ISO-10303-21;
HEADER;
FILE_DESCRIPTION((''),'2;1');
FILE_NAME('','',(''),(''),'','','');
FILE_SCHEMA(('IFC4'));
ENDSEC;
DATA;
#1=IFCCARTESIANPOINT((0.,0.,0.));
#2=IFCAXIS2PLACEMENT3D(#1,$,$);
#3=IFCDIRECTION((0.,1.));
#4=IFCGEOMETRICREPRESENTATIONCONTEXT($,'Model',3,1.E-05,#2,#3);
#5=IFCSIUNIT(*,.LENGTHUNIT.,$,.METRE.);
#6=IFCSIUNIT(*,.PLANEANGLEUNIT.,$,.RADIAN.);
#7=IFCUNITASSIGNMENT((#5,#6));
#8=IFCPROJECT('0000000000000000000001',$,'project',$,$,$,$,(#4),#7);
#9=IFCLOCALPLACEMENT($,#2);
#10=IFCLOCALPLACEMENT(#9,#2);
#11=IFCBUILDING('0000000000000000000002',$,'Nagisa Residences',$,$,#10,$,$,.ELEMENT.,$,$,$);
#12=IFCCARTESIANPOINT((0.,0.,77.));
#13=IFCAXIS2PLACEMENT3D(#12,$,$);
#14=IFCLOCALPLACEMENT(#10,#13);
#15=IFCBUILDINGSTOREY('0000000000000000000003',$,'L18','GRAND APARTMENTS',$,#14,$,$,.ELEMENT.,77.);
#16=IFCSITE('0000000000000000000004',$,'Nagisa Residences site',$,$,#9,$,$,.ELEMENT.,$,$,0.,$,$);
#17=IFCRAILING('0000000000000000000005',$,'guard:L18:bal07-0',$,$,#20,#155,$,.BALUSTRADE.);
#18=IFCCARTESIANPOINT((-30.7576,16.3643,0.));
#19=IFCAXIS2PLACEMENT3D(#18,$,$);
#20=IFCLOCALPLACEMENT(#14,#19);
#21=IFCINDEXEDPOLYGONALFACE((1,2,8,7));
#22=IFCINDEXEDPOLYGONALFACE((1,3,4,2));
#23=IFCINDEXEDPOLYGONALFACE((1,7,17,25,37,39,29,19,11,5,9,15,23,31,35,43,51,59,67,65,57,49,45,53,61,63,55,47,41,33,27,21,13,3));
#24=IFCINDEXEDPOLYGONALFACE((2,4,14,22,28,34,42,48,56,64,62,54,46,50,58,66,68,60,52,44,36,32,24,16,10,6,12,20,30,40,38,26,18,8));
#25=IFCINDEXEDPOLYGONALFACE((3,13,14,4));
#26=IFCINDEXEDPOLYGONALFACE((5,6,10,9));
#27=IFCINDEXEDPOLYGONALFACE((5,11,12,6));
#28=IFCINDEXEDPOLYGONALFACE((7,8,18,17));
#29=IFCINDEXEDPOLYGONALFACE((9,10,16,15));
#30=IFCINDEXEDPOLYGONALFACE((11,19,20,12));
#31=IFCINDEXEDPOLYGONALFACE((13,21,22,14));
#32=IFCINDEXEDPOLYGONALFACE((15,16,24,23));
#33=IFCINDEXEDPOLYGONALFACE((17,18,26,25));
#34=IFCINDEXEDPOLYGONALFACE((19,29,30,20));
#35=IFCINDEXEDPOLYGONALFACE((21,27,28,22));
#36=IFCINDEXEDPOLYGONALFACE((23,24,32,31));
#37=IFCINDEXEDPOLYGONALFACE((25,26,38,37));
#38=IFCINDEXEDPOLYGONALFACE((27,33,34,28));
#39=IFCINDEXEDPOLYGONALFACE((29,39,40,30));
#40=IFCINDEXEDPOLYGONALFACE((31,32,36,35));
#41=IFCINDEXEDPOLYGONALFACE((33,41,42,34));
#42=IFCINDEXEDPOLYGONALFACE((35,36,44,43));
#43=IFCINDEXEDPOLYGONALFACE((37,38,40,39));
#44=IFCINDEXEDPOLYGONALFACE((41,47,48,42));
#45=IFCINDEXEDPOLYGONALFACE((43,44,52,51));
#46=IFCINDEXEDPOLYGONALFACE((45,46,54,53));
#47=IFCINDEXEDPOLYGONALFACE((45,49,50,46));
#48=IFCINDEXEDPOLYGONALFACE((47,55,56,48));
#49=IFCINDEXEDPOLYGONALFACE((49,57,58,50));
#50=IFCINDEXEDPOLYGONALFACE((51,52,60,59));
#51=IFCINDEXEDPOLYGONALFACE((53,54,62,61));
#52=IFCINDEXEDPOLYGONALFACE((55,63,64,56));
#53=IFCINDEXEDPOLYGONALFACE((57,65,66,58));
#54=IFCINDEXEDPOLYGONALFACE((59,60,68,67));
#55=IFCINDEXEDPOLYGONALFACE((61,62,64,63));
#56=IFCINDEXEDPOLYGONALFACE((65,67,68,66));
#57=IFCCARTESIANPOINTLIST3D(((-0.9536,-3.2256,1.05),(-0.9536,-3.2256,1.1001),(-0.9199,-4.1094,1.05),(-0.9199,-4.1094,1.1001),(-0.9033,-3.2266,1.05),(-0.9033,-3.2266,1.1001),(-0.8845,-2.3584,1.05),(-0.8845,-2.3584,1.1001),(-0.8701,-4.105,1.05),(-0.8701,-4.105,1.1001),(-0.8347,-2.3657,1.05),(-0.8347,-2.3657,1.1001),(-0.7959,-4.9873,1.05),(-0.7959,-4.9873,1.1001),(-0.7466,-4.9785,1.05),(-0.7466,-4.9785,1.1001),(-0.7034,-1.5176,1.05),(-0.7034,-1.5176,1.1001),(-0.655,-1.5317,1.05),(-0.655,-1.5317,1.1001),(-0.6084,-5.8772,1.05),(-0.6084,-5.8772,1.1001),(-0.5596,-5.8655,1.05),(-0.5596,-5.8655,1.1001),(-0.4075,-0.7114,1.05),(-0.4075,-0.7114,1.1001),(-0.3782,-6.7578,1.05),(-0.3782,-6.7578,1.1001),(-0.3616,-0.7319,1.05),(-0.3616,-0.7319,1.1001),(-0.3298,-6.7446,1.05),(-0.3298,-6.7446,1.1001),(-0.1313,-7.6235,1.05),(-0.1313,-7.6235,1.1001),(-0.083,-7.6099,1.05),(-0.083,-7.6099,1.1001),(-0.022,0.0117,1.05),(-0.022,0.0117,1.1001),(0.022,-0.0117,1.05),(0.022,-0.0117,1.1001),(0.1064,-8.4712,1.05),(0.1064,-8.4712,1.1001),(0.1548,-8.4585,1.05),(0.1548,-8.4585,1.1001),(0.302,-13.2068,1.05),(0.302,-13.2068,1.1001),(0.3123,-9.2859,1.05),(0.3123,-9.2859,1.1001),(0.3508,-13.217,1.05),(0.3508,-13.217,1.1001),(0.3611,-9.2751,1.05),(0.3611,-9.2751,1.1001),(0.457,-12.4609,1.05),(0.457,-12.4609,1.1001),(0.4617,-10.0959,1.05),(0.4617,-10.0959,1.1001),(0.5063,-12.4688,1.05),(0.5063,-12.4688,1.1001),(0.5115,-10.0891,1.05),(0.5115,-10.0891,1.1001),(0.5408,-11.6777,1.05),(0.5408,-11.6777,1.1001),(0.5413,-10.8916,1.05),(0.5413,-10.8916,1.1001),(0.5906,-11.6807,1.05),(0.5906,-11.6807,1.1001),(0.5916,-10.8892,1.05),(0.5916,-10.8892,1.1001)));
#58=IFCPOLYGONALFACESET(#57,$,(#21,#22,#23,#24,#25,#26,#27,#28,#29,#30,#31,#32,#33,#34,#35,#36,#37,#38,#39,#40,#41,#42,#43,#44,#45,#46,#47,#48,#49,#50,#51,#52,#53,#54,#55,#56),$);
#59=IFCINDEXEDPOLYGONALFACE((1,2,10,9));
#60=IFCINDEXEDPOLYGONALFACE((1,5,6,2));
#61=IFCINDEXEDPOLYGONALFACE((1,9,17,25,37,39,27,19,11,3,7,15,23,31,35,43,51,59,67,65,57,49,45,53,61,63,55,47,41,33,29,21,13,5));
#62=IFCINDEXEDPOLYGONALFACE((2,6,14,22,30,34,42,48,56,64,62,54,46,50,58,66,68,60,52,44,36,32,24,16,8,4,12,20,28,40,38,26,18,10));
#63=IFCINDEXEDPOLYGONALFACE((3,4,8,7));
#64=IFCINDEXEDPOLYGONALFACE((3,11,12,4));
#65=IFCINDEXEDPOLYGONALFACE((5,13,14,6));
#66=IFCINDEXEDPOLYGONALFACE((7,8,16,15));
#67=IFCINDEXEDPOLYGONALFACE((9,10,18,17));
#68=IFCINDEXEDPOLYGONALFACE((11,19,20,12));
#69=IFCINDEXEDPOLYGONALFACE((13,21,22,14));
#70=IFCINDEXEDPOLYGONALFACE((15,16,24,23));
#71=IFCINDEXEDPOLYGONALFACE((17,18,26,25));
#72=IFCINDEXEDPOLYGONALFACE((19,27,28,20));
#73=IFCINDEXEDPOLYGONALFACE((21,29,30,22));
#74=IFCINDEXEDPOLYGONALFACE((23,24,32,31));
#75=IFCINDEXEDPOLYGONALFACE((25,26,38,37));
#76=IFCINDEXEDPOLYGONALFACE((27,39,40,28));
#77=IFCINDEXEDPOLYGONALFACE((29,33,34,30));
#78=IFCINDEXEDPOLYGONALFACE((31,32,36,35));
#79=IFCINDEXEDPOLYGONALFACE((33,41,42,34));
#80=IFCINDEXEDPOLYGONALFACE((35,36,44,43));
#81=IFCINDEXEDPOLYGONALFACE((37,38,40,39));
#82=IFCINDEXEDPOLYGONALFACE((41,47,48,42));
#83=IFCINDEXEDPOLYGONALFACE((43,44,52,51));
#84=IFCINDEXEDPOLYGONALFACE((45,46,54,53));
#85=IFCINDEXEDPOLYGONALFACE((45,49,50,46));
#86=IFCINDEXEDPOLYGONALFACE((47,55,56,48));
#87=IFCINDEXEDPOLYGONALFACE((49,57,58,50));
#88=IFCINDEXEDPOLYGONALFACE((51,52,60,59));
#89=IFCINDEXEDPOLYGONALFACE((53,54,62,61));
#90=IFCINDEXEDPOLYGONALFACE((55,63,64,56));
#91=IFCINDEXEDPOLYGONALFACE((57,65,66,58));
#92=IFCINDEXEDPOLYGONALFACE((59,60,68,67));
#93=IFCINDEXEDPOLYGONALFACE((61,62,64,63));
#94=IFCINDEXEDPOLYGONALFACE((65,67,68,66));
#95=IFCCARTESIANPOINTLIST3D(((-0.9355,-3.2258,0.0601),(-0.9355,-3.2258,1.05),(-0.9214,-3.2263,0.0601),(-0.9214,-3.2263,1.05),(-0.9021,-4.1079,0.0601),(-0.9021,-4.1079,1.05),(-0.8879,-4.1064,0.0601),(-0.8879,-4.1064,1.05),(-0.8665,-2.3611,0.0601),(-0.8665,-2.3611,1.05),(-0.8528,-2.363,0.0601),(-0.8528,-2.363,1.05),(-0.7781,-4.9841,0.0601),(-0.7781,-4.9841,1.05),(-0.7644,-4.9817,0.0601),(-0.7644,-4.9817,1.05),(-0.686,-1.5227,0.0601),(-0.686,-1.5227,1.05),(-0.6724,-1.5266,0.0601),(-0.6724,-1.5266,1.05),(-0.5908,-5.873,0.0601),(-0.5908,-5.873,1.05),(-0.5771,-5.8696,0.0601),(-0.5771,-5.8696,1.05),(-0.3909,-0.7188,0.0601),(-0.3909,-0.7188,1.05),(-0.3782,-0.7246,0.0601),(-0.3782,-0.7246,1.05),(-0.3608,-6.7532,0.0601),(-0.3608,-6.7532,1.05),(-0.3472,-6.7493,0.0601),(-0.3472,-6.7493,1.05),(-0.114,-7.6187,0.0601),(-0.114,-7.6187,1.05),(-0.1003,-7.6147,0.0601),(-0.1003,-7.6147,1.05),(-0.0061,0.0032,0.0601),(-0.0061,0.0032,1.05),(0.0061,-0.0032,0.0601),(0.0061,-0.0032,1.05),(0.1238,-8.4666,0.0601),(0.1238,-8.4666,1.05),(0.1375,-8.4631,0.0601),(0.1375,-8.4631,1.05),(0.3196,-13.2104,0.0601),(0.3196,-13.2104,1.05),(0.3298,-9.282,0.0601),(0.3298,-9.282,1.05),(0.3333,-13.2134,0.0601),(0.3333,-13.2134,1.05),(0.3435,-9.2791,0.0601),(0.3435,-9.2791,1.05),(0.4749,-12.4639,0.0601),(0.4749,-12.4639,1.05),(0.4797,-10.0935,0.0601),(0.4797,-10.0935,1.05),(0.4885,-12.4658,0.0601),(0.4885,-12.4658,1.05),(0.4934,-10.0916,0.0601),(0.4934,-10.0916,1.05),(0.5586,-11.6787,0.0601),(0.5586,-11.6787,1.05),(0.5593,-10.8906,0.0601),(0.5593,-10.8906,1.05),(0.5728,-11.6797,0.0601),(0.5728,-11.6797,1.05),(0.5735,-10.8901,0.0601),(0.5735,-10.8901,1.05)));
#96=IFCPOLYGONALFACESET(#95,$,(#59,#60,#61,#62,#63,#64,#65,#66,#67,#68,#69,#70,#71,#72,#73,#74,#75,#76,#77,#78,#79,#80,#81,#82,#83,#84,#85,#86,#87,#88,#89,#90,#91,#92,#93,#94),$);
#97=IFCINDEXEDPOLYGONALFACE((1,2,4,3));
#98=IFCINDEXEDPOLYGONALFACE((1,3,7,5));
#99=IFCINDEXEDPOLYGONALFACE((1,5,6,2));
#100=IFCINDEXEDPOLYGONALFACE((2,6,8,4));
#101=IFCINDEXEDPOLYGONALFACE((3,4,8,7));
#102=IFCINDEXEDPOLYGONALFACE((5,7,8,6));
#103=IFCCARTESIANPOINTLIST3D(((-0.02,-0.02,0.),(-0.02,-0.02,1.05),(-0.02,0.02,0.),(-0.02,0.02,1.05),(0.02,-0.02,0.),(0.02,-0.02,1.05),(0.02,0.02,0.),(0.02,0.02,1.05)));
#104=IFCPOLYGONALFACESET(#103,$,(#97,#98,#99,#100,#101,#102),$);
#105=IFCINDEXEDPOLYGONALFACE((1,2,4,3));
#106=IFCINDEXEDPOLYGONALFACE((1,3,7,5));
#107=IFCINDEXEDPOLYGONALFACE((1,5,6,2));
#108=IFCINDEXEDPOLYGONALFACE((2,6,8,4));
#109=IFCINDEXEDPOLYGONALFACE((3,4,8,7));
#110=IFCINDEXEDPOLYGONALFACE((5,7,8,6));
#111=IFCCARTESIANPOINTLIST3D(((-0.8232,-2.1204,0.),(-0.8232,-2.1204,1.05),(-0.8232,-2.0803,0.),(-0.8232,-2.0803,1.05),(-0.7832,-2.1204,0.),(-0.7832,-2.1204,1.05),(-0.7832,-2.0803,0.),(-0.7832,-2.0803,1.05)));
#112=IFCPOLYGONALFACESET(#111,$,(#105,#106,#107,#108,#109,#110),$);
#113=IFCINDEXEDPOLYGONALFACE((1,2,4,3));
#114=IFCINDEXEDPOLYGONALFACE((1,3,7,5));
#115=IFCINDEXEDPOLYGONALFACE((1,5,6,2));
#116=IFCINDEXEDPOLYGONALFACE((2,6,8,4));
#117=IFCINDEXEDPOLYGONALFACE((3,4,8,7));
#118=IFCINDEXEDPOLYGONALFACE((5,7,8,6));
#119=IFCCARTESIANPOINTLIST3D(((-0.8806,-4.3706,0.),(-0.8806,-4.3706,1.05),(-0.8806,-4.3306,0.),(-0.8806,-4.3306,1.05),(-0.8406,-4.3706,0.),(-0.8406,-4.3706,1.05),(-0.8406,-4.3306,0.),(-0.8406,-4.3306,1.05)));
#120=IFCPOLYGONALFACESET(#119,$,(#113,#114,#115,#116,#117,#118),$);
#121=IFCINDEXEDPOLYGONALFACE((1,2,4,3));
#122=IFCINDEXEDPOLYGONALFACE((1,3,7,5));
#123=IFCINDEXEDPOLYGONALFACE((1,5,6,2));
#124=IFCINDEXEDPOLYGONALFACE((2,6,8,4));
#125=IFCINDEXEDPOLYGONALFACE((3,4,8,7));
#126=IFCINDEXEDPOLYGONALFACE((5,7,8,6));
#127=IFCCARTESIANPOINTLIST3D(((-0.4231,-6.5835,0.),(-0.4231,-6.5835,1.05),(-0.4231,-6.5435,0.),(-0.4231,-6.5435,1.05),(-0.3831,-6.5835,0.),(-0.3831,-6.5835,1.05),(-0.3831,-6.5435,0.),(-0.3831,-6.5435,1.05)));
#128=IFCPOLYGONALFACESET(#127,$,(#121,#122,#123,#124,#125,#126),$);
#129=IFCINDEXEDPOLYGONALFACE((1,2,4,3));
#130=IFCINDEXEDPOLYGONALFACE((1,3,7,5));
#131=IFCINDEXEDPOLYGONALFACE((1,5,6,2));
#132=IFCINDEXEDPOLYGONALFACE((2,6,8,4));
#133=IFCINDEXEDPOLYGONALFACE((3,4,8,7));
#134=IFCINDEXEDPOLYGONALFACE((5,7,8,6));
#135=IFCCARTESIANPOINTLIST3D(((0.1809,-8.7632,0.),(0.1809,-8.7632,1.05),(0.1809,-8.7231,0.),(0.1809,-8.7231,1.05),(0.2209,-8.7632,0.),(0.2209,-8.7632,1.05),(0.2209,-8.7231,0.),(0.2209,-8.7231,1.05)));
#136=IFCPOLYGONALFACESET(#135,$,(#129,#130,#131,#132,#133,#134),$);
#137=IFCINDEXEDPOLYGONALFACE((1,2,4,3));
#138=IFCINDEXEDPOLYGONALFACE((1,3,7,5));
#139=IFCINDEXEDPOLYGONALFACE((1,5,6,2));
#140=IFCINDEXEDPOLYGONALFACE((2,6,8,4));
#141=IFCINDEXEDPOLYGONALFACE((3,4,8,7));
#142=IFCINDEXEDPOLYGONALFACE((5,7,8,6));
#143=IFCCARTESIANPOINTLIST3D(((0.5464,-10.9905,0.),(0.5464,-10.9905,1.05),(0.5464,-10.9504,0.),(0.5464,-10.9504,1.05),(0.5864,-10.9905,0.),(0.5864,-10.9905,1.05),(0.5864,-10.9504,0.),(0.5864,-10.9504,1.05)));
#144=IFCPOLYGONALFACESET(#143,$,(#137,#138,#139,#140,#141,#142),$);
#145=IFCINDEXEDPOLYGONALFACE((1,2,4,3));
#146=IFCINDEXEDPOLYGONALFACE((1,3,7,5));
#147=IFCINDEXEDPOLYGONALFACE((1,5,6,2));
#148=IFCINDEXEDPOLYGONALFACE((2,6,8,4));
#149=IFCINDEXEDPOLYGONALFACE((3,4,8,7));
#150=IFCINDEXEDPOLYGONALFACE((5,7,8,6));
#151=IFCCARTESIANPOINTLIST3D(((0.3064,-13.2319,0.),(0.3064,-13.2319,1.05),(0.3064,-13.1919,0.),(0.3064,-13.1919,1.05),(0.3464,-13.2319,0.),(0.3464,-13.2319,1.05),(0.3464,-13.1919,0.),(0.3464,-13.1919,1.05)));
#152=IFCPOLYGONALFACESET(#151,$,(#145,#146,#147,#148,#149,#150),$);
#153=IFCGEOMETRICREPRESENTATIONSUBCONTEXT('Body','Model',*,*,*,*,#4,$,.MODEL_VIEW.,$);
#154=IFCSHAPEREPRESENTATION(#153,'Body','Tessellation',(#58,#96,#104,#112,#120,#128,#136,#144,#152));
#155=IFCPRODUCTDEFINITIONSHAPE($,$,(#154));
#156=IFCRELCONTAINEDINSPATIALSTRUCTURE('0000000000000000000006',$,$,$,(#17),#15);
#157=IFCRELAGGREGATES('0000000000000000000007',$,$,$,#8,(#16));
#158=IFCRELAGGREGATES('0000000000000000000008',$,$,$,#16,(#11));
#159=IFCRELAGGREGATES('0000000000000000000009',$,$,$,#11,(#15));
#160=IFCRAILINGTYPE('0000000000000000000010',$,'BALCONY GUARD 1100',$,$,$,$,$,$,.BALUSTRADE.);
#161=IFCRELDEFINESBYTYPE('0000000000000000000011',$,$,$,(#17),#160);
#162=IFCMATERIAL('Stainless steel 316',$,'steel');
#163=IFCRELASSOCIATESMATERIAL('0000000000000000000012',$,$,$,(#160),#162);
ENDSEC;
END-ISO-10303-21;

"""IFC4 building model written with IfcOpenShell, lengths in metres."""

from ifc_helpers import new_model, si_unit, direction, frame, origin, origin_2d, place, context, subcontext, project, spatial, polyline, rectangle, outline, extrude, material, type_object, element, save


model = new_model("IFC4")

# Units and contexts
model_context = context("Model", 3, precision=1e-05, world=origin(), true_north=direction((0.0, 1.0)))
body_context = subcontext(model_context, "Body", "Model", "MODEL_VIEW")
ifc_project = project(units=[si_unit("LENGTHUNIT", "METRE"), si_unit("PLANEANGLEUNIT", "RADIAN")], contexts=[model_context])

# Site, building, storey
site_placement = place(None, origin())
site = spatial("IfcSite", under=ifc_project, at=site_placement, Name="Nagisa Residences site", CompositionType="ELEMENT", RefElevation=0.0)
building_placement = place(site_placement, origin())
building = spatial("IfcBuilding", under=site, at=building_placement, Name="Nagisa Residences", CompositionType="ELEMENT")
storey_placement = place(building_placement, frame((0.0, 0.0, 77.0)))
storey = spatial("IfcBuildingStorey", under=building, at=storey_placement, Name="L18", Description="GRAND APARTMENTS", CompositionType="ELEMENT", Elevation=77.0)

# Railing
ifc_material_1 = material(Name="Stainless steel 316", Category="steel")
railing_type = type_object("IfcRailingType", Name="BALCONY GUARD 1100", PredefinedType="BALUSTRADE", material=ifc_material_1)
railing_1_placement = place(storey_placement, frame((-30.7576, 16.3643, 0.0)))
element("IfcRailing", 1, at=railing_1_placement, inside=storey, type_object=railing_type, Name="guard:L18:bal07-0", PredefinedType="BALUSTRADE", context=body_context, shape_type="SweptSolid", body=[
    extrude(outline(polyline([(-0.3616, -0.7319), (0.022, -0.0117), (-0.022, 0.0117), (-0.4075, -0.7114), (-0.7034, -1.5176), (-0.8845, -2.3584), (-0.9536, -3.2256), (-0.9199, -4.1094), (-0.7959, -4.9873), (-0.6084, -5.8772), (-0.3782, -6.7578), (-0.1313, -7.6235), (0.1064, -8.4712), (0.3123, -9.2859), (0.4617, -10.0959), (0.5413, -10.8916), (0.5408, -11.6777), (0.457, -12.4609), (0.302, -13.2068), (0.3508, -13.217), (0.5063, -12.4688), (0.5906, -11.6807), (0.5916, -10.8892), (0.5115, -10.0891), (0.3611, -9.2751), (0.1548, -8.4585), (-0.083, -7.6099), (-0.3298, -6.7446), (-0.5596, -5.8655), (-0.7466, -4.9785), (-0.8701, -4.105), (-0.9033, -3.2266), (-0.8347, -2.3657), (-0.655, -1.5317), (-0.3616, -0.7319)])), frame((0.0, 0.0, 1.05)), (0.0, 0.0, 1.0), 0.05),
    extrude(outline(polyline([(-0.3782, -0.7246), (0.0061, -0.0032), (-0.0061, 0.0032), (-0.3909, -0.7188), (-0.686, -1.5227), (-0.8665, -2.3611), (-0.9355, -3.2258), (-0.9021, -4.1079), (-0.7781, -4.9841), (-0.5908, -5.873), (-0.3608, -6.7532), (-0.114, -7.6187), (0.1238, -8.4666), (0.3298, -9.282), (0.4797, -10.0935), (0.5593, -10.8906), (0.5586, -11.6787), (0.4749, -12.4639), (0.3196, -13.2104), (0.3333, -13.2134), (0.4885, -12.4658), (0.5728, -11.6797), (0.5735, -10.8901), (0.4934, -10.0916), (0.3435, -9.2791), (0.1375, -8.4631), (-0.1003, -7.6147), (-0.3472, -6.7493), (-0.5771, -5.8696), (-0.7644, -4.9817), (-0.8879, -4.1064), (-0.9214, -3.2263), (-0.8528, -2.363), (-0.6724, -1.5266), (-0.3782, -0.7246)])), frame((0.0, 0.0, 0.0601)), (0.0, 0.0, 1.0), 0.99),
    extrude(rectangle(XDim=0.04, YDim=0.04, at=origin_2d()), origin(), (0.0, 0.0, 1.0), 1.05),
    extrude(rectangle(XDim=0.04, YDim=0.04, at=origin_2d()), frame((-0.8032, -2.1003, 0.0)), (0.0, 0.0, 1.0), 1.05),
    extrude(rectangle(XDim=0.04, YDim=0.04, at=origin_2d()), frame((-0.8606, -4.3506, 0.0)), (0.0, 0.0, 1.0), 1.05),
    extrude(rectangle(XDim=0.04, YDim=0.04, at=origin_2d()), frame((-0.4031, -6.5635, 0.0)), (0.0, 0.0, 1.0), 1.05),
    extrude(rectangle(XDim=0.04, YDim=0.04, at=origin_2d()), frame((0.2009, -8.7432, 0.0)), (0.0, 0.0, 1.0), 1.05),
    extrude(rectangle(XDim=0.04, YDim=0.04, at=origin_2d()), frame((0.5664, -10.9705, 0.0)), (0.0, 0.0, 1.0), 1.05),
    extrude(rectangle(XDim=0.04, YDim=0.04, at=origin_2d()), frame((0.3264, -13.2119, 0.0)), (0.0, 0.0, 1.0), 1.05),
])

save(model, "model.ifc")
